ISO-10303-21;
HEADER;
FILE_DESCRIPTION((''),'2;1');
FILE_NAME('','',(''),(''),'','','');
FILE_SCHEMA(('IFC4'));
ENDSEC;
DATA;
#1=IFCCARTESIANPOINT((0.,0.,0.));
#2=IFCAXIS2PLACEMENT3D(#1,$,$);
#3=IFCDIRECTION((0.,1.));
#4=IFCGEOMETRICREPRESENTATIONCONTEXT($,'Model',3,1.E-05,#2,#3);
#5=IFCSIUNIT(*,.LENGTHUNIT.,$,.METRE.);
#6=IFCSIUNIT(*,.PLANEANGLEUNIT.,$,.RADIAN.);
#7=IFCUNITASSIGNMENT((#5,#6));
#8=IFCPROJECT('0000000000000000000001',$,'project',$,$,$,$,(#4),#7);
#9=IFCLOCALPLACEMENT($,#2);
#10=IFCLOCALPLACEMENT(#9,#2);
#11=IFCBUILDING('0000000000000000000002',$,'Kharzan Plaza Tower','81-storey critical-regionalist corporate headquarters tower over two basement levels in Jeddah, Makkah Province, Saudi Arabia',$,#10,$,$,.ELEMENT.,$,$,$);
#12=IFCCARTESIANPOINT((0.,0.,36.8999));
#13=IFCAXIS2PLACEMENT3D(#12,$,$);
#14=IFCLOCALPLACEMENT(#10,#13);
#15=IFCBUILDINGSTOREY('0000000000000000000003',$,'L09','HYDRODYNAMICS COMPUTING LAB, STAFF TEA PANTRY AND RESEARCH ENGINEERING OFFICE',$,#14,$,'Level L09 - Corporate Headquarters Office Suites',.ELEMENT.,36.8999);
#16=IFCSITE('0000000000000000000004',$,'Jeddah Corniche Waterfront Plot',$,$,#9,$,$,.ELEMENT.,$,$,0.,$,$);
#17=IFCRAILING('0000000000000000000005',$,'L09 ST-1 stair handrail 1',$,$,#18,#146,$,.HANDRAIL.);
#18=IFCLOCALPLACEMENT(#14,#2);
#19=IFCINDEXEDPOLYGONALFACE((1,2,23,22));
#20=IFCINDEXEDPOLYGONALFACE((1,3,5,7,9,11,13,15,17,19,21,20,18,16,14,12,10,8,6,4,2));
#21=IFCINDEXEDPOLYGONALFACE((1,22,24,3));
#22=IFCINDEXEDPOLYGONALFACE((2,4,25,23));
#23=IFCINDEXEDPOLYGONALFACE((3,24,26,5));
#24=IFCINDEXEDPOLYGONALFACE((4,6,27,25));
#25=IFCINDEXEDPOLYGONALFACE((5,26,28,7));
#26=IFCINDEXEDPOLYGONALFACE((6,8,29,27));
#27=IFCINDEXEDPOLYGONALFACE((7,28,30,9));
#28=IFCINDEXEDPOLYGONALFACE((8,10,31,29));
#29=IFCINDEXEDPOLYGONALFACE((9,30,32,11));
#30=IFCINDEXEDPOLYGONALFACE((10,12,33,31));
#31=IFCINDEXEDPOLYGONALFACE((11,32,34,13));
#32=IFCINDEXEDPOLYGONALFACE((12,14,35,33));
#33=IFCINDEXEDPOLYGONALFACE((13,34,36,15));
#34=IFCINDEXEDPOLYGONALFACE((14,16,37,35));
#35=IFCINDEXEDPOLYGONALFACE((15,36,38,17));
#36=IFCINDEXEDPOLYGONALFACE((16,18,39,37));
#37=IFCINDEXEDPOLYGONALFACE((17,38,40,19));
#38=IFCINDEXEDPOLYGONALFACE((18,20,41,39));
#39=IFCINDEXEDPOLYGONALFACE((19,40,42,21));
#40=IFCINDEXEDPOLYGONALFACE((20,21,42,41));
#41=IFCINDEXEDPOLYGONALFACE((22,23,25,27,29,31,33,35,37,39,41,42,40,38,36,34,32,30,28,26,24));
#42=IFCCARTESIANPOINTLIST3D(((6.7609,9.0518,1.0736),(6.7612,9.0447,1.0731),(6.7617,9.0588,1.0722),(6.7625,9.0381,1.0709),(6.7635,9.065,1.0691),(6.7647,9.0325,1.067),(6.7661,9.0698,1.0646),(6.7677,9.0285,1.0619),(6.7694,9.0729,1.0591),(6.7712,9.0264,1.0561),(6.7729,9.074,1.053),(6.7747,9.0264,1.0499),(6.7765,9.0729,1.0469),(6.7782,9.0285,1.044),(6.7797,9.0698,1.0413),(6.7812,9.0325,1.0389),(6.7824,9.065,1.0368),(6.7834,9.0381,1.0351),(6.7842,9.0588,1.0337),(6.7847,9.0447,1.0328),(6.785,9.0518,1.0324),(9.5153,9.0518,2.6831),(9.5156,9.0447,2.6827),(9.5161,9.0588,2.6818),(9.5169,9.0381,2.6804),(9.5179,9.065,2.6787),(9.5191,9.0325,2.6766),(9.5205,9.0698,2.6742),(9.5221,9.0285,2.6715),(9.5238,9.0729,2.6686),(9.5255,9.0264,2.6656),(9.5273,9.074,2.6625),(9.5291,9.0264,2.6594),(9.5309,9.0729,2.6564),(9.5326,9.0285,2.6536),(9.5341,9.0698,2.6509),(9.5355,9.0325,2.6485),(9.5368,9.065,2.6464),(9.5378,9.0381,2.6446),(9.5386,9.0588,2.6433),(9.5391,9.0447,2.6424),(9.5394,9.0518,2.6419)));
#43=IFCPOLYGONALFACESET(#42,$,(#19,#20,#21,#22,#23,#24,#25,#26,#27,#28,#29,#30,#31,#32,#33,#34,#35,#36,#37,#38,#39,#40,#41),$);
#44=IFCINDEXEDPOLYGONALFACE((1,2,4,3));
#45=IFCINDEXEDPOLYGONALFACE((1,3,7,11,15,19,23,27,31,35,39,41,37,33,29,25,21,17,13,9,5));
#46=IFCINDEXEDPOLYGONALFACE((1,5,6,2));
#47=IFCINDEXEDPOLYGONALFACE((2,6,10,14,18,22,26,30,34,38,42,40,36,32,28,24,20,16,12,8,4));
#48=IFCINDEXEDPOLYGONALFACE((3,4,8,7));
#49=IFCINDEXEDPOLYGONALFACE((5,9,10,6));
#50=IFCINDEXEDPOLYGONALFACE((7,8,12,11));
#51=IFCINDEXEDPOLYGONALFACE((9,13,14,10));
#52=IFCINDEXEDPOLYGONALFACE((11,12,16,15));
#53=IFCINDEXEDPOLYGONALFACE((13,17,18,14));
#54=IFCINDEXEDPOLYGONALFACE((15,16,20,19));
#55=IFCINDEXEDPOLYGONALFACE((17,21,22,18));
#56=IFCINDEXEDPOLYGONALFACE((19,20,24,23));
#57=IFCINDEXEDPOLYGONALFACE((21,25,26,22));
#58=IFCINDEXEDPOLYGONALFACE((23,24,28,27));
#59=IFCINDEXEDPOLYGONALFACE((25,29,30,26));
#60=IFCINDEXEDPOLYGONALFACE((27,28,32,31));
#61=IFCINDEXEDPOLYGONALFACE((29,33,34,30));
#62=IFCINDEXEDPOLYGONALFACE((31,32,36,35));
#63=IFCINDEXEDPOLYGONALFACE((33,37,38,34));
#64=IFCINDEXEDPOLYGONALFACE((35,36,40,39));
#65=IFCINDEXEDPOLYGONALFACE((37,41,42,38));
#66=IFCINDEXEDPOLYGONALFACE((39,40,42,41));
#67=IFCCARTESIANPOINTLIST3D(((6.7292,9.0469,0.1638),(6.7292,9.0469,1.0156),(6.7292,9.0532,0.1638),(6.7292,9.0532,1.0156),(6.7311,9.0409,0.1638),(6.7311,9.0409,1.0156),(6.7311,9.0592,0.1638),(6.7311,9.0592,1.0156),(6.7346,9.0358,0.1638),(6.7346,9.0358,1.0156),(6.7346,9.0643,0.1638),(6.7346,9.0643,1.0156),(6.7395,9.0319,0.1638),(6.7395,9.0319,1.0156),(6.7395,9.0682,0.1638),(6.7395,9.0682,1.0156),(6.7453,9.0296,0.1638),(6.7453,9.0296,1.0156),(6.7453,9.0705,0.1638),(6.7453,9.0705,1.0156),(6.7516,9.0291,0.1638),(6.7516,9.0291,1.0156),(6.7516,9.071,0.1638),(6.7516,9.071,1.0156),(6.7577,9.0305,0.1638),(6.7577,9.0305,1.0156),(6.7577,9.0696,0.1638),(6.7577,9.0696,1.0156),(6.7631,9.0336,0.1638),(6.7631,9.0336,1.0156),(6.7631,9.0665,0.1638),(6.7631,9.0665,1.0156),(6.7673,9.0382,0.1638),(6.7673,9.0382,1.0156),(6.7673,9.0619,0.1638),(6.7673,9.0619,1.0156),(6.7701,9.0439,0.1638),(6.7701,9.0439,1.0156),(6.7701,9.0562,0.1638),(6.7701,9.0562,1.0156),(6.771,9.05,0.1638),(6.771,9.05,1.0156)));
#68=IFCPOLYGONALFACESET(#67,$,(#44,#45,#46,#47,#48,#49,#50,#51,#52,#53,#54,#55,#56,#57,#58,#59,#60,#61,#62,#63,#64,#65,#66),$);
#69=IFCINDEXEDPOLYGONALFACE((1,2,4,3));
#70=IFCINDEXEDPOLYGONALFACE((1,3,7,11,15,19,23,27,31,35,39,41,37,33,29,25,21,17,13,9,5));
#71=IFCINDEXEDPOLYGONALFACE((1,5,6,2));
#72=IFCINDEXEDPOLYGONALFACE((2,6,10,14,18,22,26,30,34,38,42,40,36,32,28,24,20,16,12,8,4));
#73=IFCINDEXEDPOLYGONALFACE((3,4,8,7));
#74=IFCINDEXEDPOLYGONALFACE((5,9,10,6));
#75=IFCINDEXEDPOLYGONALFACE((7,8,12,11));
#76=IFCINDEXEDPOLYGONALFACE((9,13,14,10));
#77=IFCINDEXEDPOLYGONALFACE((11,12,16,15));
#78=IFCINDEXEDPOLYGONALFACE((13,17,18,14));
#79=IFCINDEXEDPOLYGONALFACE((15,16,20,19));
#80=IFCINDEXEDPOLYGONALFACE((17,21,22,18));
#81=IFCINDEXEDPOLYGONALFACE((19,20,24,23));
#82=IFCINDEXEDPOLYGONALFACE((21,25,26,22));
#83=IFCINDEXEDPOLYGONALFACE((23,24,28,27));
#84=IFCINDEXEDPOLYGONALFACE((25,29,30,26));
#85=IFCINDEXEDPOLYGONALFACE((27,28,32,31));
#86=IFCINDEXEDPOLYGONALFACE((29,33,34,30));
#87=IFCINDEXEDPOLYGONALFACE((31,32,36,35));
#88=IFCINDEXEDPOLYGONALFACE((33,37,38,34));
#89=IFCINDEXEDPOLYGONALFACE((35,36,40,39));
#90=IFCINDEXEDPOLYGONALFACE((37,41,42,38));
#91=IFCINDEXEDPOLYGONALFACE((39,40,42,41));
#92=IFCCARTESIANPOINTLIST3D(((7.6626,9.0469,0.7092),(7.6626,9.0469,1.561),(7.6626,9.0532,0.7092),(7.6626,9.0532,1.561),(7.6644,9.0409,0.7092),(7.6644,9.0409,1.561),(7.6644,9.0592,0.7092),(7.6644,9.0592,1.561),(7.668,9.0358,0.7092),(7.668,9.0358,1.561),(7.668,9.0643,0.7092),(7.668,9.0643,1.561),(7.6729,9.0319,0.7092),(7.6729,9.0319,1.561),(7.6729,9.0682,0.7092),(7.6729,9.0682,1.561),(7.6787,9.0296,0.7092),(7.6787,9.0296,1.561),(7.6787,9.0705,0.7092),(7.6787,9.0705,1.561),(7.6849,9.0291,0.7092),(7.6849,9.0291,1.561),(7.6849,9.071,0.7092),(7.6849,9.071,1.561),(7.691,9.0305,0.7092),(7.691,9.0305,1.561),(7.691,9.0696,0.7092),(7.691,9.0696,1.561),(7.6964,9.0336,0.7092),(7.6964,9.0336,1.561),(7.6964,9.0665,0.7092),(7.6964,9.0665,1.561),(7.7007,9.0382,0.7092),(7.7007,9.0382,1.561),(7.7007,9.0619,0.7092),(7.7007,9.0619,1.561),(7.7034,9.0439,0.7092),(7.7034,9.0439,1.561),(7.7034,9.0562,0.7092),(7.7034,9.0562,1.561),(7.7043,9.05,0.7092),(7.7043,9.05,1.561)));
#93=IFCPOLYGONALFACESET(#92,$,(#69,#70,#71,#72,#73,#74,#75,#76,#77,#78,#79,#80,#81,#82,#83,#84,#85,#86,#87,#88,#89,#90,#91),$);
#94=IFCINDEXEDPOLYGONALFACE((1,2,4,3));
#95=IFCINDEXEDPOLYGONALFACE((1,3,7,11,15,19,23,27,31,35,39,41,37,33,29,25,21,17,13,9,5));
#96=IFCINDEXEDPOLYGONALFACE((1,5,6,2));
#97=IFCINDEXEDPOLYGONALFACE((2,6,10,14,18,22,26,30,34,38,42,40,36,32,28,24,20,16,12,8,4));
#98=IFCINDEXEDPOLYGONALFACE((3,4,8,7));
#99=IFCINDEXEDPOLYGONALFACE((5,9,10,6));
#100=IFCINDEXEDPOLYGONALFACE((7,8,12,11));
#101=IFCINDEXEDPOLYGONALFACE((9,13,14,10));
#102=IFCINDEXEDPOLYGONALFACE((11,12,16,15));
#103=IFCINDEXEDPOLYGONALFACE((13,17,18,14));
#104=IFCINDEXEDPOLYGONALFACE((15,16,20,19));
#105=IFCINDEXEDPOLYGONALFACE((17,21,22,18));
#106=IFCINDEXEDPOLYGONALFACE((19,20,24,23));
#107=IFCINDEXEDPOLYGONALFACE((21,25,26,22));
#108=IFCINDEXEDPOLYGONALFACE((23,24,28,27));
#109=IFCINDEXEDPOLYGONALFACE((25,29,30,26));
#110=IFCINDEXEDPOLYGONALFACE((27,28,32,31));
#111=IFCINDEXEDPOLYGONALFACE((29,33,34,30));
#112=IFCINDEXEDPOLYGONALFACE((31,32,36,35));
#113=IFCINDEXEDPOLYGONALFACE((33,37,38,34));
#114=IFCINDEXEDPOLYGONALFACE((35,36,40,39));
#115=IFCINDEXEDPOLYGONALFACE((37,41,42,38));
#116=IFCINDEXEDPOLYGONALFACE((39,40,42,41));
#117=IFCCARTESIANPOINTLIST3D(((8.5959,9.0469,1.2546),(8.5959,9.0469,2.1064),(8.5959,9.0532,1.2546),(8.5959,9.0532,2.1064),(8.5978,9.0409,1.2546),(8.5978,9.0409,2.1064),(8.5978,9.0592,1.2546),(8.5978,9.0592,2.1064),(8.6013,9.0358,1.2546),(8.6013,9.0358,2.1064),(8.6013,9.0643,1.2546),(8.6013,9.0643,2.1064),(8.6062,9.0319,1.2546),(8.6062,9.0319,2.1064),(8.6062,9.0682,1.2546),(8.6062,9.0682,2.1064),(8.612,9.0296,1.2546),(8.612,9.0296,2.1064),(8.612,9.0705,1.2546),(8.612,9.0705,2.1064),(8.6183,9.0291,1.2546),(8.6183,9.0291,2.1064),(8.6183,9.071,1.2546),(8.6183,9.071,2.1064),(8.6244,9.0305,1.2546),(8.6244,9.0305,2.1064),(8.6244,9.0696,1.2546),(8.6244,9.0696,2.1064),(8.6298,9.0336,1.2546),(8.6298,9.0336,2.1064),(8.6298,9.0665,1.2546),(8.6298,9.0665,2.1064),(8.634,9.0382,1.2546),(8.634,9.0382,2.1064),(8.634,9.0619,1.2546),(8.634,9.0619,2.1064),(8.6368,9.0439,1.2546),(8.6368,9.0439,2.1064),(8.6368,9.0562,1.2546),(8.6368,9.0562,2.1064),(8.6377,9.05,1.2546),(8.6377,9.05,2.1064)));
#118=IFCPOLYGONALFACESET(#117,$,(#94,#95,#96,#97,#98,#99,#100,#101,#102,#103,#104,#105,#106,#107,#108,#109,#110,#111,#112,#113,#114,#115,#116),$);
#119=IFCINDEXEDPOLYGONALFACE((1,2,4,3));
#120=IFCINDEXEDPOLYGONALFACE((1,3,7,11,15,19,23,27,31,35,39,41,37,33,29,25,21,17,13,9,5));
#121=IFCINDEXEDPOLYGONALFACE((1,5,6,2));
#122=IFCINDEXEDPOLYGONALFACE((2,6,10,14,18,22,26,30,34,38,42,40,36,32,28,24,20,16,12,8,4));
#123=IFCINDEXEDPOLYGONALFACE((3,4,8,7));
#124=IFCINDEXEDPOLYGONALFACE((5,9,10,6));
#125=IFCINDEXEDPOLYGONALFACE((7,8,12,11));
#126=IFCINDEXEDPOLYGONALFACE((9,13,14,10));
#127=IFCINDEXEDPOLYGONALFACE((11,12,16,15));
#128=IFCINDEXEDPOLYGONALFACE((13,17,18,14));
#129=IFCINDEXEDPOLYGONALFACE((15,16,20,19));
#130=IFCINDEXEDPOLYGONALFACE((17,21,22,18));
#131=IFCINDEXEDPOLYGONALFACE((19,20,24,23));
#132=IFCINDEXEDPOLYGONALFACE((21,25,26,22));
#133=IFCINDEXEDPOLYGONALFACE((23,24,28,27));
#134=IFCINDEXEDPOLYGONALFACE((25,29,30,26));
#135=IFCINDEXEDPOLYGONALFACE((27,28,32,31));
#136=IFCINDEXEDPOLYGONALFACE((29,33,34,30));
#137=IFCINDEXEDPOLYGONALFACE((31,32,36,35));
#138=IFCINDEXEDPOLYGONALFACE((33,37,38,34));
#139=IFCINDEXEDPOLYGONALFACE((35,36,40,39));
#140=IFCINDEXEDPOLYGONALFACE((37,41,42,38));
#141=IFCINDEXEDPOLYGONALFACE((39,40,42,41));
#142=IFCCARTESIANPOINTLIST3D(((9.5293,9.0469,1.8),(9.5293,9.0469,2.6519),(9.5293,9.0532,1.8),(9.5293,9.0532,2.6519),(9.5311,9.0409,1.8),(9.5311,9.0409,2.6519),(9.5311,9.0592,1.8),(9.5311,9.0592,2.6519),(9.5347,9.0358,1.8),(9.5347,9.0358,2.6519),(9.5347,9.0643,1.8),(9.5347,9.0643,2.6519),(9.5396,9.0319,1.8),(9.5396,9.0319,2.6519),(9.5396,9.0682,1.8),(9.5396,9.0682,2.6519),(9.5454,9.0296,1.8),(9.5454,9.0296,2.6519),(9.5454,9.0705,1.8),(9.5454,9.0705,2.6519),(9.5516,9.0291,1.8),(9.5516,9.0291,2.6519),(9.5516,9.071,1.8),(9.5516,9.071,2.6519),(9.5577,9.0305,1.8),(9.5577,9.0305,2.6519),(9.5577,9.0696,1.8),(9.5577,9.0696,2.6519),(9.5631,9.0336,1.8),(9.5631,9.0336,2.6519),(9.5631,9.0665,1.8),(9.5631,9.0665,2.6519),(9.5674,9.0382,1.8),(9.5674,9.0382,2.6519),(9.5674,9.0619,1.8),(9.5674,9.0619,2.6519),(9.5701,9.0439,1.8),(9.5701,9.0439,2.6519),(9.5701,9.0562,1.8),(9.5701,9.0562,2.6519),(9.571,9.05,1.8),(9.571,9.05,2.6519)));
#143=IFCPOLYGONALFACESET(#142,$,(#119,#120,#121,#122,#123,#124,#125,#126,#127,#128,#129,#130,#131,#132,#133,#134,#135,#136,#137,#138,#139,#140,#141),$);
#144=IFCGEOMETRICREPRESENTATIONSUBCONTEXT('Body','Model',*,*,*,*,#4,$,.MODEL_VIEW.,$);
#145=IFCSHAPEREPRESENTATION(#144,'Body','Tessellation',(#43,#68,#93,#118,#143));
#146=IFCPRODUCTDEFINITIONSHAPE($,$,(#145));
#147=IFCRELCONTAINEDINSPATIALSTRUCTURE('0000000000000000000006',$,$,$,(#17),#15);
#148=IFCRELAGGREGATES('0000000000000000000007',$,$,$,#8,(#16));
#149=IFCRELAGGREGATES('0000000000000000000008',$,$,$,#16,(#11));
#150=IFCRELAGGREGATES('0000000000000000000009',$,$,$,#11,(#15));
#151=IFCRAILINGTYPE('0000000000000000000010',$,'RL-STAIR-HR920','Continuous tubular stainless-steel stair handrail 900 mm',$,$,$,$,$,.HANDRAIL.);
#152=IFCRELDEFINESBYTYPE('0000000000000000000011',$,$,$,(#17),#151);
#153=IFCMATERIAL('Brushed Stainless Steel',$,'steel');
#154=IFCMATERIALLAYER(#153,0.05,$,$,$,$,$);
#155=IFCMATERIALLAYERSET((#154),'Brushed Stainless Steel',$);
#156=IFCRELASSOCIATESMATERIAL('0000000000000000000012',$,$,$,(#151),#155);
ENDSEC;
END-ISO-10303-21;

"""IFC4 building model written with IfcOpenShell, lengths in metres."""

from ifc_helpers import new_model, si_unit, direction, frame, origin, origin_2d, place, context, subcontext, project, spatial, circle, extrude, source, transform, mapped, material, layer, layer_set, type_object, element, save


model = new_model("IFC4")

# Units and contexts
model_context = context("Model", 3, precision=1e-05, world=origin(), true_north=direction((0.0, 1.0)))
body_context = subcontext(model_context, "Body", "Model", "MODEL_VIEW")
ifc_project = project(units=[si_unit("LENGTHUNIT", "METRE"), si_unit("PLANEANGLEUNIT", "RADIAN")], contexts=[model_context])

# Site, building, storey
site_placement = place(None, origin())
site = spatial("IfcSite", under=ifc_project, at=site_placement, Name="Jeddah Corniche Waterfront Plot", CompositionType="ELEMENT", RefElevation=0.0)
building_placement = place(site_placement, origin())
building = spatial("IfcBuilding", under=site, at=building_placement, Name="Kharzan Plaza Tower", Description="81-storey critical-regionalist corporate headquarters tower over two basement levels in Jeddah, Makkah Province, Saudi Arabia", CompositionType="ELEMENT")
storey_placement = place(building_placement, frame((0.0, 0.0, 36.8999)))
storey = spatial("IfcBuildingStorey", under=building, at=storey_placement, Name="L09", Description="HYDRODYNAMICS COMPUTING LAB, STAFF TEA PANTRY AND RESEARCH ENGINEERING OFFICE", LongName="Level L09 - Corporate Headquarters Office Suites", CompositionType="ELEMENT", Elevation=36.8999)

# Railing
ifc_material_1 = material(Name="Brushed Stainless Steel", Category="steel")
ifc_layer_1 = layer(ifc_material_1, 0.05)
ifc_layer_set_1 = layer_set([ifc_layer_1], Name="Brushed Stainless Steel")
railing_type_1 = type_object("IfcRailingType", Name="RL-STAIR-HR920", Description="Continuous tubular stainless-steel stair handrail 900 mm", PredefinedType="HANDRAIL", material=ifc_layer_set_1)
shared_shape_1 = source(origin(), body_context, "Body", "SweptSolid", [
    extrude(circle(Radius=0.0239, at=origin_2d()), frame((0.0229, 0.0, 0.8892), z_axis=(0.863394, 0.0, 0.504531), x_axis=(0.0, 1.0, 0.0)), (0.0, 0.0, 1.0), 3.1902),
    extrude(circle(Radius=0.021, at=origin_2d()), origin(), (0.0, 0.0, 1.0), 0.8518),
    extrude(circle(Radius=0.021, at=origin_2d()), frame((0.9333, 0.0, 0.5454)), (0.0, 0.0, 1.0), 0.8518),
    extrude(circle(Radius=0.021, at=origin_2d()), frame((1.8667, 0.0, 1.0908)), (0.0, 0.0, 1.0), 0.8518),
    extrude(circle(Radius=0.021, at=origin_2d()), frame((2.8, 0.0, 1.6362)), (0.0, 0.0, 1.0), 0.8518),
])
railing_1_placement = place(storey_placement, frame((6.75, 9.05, 0.1638)))
element("IfcRailing", 1, at=railing_1_placement, inside=storey, type_object=railing_type_1, Name="L09 ST-1 stair handrail 1", PredefinedType="HANDRAIL", context=body_context, shape_type="MappedRepresentation", body=[
    mapped(shared_shape_1, transform((0.0, 0.0, 0.0), x_axis=(1.0, 0.0, 0.0), y_axis=(0.0, 1.0, 0.0), z_axis=(0.0, 0.0, 1.0))),
])

save(model, "model.ifc")
